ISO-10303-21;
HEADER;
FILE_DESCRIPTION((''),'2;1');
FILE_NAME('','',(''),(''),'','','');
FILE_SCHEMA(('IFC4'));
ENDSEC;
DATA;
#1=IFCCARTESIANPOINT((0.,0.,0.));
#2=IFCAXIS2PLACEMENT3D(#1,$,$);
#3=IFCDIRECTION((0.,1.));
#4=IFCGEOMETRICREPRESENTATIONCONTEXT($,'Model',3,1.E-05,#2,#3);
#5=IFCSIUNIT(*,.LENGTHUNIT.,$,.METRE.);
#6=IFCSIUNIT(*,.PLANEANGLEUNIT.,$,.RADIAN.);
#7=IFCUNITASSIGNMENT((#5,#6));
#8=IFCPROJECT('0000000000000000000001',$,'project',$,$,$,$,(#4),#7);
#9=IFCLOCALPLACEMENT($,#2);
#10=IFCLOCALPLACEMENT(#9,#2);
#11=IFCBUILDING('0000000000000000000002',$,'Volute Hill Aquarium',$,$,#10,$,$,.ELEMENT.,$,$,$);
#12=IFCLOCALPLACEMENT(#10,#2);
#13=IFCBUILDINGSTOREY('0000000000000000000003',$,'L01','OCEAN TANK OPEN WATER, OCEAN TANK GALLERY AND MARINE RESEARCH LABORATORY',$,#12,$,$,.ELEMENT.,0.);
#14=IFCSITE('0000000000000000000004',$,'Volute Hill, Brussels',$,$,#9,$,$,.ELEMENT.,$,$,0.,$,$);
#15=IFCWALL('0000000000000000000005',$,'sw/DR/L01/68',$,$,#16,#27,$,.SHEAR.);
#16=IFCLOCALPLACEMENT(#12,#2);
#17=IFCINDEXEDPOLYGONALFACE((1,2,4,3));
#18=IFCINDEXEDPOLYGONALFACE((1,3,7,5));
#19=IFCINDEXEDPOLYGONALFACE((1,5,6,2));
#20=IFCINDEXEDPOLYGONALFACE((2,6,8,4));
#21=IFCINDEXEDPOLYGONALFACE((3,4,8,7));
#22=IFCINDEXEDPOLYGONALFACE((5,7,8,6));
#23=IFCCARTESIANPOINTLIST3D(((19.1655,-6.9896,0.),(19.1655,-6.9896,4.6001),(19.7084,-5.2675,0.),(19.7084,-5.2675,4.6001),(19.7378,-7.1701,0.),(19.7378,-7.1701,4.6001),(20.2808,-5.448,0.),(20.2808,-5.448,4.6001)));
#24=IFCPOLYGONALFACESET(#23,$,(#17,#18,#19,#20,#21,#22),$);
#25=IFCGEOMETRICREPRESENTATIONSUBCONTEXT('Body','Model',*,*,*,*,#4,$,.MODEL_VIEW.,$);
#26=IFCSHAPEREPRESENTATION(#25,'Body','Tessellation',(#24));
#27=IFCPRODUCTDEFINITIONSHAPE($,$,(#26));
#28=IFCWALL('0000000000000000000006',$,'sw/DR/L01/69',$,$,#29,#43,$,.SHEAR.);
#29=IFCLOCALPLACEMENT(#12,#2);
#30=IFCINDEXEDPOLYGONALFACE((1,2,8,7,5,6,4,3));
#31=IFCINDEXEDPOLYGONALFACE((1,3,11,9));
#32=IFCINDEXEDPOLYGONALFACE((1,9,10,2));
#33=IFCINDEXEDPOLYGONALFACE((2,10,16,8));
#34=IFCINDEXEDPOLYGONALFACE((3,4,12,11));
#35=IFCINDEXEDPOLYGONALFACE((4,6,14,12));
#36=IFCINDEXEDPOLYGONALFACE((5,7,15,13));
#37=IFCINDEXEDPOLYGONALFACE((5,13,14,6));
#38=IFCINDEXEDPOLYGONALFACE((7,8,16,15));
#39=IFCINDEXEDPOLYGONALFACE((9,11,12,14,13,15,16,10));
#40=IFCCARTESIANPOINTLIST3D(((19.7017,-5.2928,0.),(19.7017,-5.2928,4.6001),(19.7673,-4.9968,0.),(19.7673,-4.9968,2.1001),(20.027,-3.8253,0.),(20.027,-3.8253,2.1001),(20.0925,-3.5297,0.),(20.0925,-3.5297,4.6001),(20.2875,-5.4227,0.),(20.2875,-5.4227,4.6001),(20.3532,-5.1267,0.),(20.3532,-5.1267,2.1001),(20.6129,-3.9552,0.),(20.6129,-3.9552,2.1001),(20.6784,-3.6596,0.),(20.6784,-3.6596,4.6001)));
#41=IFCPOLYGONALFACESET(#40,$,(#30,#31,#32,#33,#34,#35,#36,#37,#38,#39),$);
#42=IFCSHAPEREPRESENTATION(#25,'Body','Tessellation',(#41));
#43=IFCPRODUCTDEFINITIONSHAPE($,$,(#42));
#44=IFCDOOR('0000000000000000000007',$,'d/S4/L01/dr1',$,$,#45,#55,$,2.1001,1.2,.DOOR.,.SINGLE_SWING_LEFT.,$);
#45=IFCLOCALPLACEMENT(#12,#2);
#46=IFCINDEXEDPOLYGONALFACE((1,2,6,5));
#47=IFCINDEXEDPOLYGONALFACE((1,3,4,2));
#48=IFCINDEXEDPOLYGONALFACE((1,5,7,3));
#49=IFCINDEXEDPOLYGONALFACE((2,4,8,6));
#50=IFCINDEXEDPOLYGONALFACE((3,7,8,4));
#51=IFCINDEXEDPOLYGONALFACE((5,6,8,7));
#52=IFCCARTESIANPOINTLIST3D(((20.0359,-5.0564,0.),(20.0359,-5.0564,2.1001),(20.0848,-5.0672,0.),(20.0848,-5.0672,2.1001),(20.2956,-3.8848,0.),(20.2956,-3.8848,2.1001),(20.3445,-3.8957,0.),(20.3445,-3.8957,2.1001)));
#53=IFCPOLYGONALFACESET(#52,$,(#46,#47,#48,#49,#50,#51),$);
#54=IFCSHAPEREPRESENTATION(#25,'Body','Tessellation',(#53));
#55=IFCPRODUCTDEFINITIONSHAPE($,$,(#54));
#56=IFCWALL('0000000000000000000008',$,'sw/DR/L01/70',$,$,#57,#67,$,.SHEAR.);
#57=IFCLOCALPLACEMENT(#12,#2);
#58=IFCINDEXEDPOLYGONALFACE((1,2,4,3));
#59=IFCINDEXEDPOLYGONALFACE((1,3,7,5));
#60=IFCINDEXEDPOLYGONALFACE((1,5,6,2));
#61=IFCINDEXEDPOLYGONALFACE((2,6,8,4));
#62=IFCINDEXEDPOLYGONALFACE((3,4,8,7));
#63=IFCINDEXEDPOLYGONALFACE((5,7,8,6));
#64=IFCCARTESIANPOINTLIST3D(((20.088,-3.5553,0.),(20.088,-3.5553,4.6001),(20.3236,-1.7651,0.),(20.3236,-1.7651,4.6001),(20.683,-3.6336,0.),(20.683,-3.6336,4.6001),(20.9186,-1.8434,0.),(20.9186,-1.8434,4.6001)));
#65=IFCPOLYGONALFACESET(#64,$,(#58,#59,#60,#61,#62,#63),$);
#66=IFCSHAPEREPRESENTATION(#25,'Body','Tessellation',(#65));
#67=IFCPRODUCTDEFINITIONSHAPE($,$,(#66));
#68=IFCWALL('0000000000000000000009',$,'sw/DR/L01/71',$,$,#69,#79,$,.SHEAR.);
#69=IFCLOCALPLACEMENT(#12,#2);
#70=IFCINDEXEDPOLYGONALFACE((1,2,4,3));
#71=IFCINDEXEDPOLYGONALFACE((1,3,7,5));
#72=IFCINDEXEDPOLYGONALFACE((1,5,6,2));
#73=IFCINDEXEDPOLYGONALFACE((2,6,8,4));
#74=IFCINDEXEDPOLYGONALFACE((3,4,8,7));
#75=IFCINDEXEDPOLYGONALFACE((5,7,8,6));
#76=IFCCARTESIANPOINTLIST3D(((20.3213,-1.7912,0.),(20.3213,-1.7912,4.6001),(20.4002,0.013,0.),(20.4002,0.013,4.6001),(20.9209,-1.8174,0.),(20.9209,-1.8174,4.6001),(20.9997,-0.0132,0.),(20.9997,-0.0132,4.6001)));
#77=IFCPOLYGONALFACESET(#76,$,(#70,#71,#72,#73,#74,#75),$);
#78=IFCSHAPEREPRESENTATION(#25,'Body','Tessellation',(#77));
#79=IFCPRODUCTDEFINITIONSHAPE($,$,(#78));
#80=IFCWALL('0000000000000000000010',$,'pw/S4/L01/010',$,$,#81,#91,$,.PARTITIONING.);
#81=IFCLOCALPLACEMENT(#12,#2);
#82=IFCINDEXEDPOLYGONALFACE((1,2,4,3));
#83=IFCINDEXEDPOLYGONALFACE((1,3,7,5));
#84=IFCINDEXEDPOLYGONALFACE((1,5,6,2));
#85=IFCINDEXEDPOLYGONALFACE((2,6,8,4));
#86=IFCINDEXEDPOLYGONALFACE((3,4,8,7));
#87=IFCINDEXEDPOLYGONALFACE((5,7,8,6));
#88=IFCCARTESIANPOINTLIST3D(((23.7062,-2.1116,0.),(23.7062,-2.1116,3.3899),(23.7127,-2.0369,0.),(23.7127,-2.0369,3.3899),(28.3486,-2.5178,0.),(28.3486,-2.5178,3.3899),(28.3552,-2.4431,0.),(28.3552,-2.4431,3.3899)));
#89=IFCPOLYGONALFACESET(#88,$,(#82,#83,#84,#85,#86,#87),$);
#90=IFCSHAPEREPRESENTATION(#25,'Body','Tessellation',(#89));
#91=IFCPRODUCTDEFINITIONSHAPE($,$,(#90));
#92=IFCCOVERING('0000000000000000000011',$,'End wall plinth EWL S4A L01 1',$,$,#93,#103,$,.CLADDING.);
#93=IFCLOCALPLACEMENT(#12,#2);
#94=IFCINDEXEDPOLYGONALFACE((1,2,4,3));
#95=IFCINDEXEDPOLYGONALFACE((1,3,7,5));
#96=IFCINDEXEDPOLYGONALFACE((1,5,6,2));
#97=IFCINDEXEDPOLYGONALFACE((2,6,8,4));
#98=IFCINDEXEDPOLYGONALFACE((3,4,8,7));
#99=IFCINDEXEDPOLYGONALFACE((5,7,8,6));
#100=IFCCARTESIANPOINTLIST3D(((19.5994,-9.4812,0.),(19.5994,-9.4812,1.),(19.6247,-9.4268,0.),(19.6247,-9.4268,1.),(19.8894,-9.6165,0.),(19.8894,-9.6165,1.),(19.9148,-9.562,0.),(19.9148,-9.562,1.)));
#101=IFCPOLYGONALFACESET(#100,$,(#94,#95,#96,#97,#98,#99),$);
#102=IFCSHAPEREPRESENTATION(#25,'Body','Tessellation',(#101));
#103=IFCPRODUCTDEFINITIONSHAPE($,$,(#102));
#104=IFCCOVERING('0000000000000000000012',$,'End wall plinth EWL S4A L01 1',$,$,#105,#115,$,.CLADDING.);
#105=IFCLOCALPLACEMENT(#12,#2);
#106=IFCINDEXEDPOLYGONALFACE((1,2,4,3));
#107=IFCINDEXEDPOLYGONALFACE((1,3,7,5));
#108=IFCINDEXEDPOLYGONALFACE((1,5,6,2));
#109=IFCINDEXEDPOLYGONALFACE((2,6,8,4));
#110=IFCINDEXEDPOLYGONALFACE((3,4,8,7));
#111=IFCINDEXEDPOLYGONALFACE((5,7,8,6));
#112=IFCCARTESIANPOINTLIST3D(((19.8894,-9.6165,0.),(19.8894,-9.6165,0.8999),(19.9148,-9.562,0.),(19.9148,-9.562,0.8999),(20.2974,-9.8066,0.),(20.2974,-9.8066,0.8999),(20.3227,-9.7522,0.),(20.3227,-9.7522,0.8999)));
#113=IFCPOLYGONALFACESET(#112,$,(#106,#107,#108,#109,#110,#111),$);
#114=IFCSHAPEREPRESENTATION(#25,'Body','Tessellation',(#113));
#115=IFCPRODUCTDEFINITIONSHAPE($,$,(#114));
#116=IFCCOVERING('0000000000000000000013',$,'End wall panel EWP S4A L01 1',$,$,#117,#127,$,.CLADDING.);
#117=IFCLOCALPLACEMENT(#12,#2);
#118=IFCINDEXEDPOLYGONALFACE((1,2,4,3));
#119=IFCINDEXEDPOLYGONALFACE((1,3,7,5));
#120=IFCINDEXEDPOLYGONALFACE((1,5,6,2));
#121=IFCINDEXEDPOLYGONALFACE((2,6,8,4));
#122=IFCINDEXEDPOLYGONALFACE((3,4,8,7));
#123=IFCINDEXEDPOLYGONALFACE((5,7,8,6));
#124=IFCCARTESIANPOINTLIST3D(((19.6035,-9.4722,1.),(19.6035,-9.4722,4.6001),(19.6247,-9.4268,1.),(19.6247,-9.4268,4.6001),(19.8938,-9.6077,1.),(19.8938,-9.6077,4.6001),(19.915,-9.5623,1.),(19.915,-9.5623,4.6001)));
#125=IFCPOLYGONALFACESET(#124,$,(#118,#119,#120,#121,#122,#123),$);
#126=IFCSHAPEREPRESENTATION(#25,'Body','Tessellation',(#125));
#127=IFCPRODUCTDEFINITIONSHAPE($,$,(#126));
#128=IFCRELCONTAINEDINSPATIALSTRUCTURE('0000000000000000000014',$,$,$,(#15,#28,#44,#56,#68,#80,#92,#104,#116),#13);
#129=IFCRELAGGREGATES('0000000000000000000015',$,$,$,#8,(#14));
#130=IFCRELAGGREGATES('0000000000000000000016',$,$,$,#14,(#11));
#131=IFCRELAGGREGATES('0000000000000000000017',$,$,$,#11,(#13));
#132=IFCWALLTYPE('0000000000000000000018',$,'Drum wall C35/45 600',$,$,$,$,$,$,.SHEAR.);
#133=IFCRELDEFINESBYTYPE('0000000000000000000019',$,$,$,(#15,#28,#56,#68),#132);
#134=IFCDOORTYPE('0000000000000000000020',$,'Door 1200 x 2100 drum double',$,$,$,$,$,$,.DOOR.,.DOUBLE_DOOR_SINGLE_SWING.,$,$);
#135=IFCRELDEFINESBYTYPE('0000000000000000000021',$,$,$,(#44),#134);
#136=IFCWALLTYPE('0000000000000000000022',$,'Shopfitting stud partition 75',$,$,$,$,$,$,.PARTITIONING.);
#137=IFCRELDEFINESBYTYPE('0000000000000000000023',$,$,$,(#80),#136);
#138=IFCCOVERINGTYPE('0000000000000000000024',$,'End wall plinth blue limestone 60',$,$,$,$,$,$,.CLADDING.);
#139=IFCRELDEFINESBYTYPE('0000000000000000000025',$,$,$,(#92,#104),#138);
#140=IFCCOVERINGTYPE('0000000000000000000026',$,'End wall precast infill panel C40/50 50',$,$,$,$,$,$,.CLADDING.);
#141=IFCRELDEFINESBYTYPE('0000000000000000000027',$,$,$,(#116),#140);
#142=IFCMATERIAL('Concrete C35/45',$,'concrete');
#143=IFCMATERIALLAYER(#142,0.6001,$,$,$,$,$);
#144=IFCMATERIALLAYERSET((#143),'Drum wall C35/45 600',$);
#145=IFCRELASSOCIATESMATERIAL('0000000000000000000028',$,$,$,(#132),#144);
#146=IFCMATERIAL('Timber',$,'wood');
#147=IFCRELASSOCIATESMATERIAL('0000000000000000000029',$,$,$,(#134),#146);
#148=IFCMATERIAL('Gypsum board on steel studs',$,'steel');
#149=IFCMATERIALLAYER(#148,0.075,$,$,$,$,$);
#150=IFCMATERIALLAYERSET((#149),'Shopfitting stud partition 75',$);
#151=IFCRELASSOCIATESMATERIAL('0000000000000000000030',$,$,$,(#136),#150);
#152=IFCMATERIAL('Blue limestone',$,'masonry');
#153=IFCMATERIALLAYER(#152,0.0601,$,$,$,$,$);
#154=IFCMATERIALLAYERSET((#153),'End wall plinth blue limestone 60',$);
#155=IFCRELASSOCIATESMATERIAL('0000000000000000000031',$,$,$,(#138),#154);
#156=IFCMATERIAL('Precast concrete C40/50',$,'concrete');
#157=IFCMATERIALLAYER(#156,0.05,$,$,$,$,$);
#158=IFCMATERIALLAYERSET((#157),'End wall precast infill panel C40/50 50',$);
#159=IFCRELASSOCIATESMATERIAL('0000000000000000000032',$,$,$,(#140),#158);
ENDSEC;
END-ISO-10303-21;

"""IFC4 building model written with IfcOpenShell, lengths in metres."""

from ifc_helpers import new_model, si_unit, direction, frame, frame_2d, origin, place, context, subcontext, project, spatial, polyline, rectangle, outline, extrude, material, layer, layer_set, type_object, element, fill, save


model = new_model("IFC4")

# Units and contexts
model_context = context("Model", 3, precision=1e-05, world=origin(), true_north=direction((0.0, 1.0)))
body_context = subcontext(model_context, "Body", "Model", "MODEL_VIEW")
ifc_project = project(units=[si_unit("LENGTHUNIT", "METRE"), si_unit("PLANEANGLEUNIT", "RADIAN")], contexts=[model_context])

# Site, building, storey
site_placement = place(None, origin())
site = spatial("IfcSite", under=ifc_project, at=site_placement, Name="Volute Hill, Brussels", CompositionType="ELEMENT", RefElevation=0.0)
building_placement = place(site_placement, origin())
building = spatial("IfcBuilding", under=site, at=building_placement, Name="Volute Hill Aquarium", CompositionType="ELEMENT")
storey_placement = place(building_placement, origin())
storey = spatial("IfcBuildingStorey", under=building, at=storey_placement, Name="L01", Description="OCEAN TANK OPEN WATER, OCEAN TANK GALLERY AND MARINE RESEARCH LABORATORY", CompositionType="ELEMENT", Elevation=0.0)

# Wall
ifc_material_1 = material(Name="Concrete C35/45", Category="concrete")
ifc_layer_1 = layer(ifc_material_1, 0.6001)
ifc_layer_set_1 = layer_set([ifc_layer_1], Name="Drum wall C35/45 600")
wall_type_1 = type_object("IfcWallType", Name="Drum wall C35/45 600", PredefinedType="SHEAR", material=ifc_layer_set_1)
wall_1_placement = place(storey_placement, frame((19.4517, -7.0798, 0.0), z_axis=(0.0, 0.0, 1.0), x_axis=(0.300691, 0.953722, 0.0)))
element("IfcWall", 1, at=wall_1_placement, inside=storey, type_object=wall_type_1, Name="sw/DR/L01/68", PredefinedType="SHEAR", context=body_context, shape_type="SweptSolid", body=[
    extrude(rectangle(XDim=1.8057, YDim=0.6001, at=frame_2d((0.9028, 0.0))), origin(), (0.0, 0.0, 1.0), 4.6001),
])

# Wall, opening, door
wall_2_placement = place(storey_placement, frame((19.9946, -5.3577, 0.0), z_axis=(0.0, 0.0, 1.0), x_axis=(0.216429, 0.976298, 0.0)))
wall_2 = element("IfcWall", 2, at=wall_2_placement, inside=storey, type_object=wall_type_1, Name="sw/DR/L01/69", PredefinedType="SHEAR", context=body_context, shape_type="SweptSolid", body=[
    extrude(rectangle(XDim=1.8059, YDim=0.6001, at=frame_2d((0.9028, 0.0))), origin(), (0.0, 0.0, 1.0), 4.6001),
])
opening_1_placement = place(wall_2_placement, frame((0.303, 0.0, 0.0)))
opening_1 = element("IfcOpeningElement", 3, at=opening_1_placement, cuts=wall_2, PredefinedType="OPENING", context=body_context, shape_type="SweptSolid", body=[
    extrude(rectangle(XDim=1.2, YDim=2.1001, at=frame_2d((0.6001, 1.05))), frame((0.0, 0.3101, 0.0), z_axis=(0.0, -1.0, 0.0), x_axis=(1.0, 0.0, 0.0)), (0.0, 0.0, 1.0), 0.6201),
])
ifc_material_2 = material(Name="Timber", Category="wood")
door_type_1 = type_object("IfcDoorType", Name="Door 1200 x 2100 drum double", OperationType="DOUBLE_DOOR_SINGLE_SWING", PredefinedType="DOOR", material=ifc_material_2)
door_1_placement = place(opening_1_placement, origin())
door_1 = element("IfcDoor", 4, at=door_1_placement, inside=storey, type_object=door_type_1, Name="d/S4/L01/dr1", OperationType="SINGLE_SWING_LEFT", OverallHeight=2.1001, OverallWidth=1.2, PredefinedType="DOOR", context=body_context, shape_type="SweptSolid", body=[
    extrude(rectangle(XDim=1.2, YDim=2.1001, at=frame_2d((0.6001, 1.05))), frame((0.0, 0.0249, 0.0), z_axis=(0.0, -1.0, 0.0), x_axis=(1.0, 0.0, 0.0)), (0.0, 0.0, 1.0), 0.05),
])
fill(opening_1, door_1)

# Walls
wall_3_placement = place(storey_placement, frame((20.3855, -3.5945, 0.0), z_axis=(0.0, 0.0, 1.0), x_axis=(0.130472, 0.991452, 0.0)))
element("IfcWall", 5, at=wall_3_placement, inside=storey, type_object=wall_type_1, Name="sw/DR/L01/70", PredefinedType="SHEAR", context=body_context, shape_type="SweptSolid", body=[
    extrude(rectangle(XDim=1.8057, YDim=0.6001, at=frame_2d((0.9028, 0.0))), origin(), (0.0, 0.0, 1.0), 4.6001),
])
wall_4_placement = place(storey_placement, frame((20.6211, -1.8042, 0.0), z_axis=(0.0, 0.0, 1.0), x_axis=(0.043666, 0.999046, 0.0)))
element("IfcWall", 6, at=wall_4_placement, inside=storey, type_object=wall_type_1, Name="sw/DR/L01/71", PredefinedType="SHEAR", context=body_context, shape_type="SweptSolid", body=[
    extrude(rectangle(XDim=1.8059, YDim=0.6001, at=frame_2d((0.9028, 0.0))), origin(), (0.0, 0.0, 1.0), 4.6001),
])
ifc_material_3 = material(Name="Gypsum board on steel studs", Category="steel")
ifc_layer_2 = layer(ifc_material_3, 0.075)
ifc_layer_set_2 = layer_set([ifc_layer_2], Name="Shopfitting stud partition 75")
wall_type_2 = type_object("IfcWallType", Name="Shopfitting stud partition 75", PredefinedType="PARTITIONING", material=ifc_layer_set_2)
wall_5_placement = place(storey_placement, frame((23.7095, -2.0742, 0.0), z_axis=(0.0, 0.0, 1.0), x_axis=(0.996193, -0.087177, 0.0)))
element("IfcWall", 7, at=wall_5_placement, inside=storey, type_object=wall_type_2, Name="pw/S4/L01/010", PredefinedType="PARTITIONING", context=body_context, shape_type="SweptSolid", body=[
    extrude(rectangle(XDim=4.6602, YDim=0.075, at=frame_2d((2.3301, 0.0))), origin(), (0.0, 0.0, 1.0), 3.3899),
])

# Coverings
ifc_material_4 = material(Name="Blue limestone", Category="masonry")
ifc_layer_3 = layer(ifc_material_4, 0.0601)
ifc_layer_set_3 = layer_set([ifc_layer_3], Name="End wall plinth blue limestone 60")
covering_type_1 = type_object("IfcCoveringType", Name="End wall plinth blue limestone 60", PredefinedType="CLADDING", material=ifc_layer_set_3)
covering_1_placement = place(storey_placement, frame((19.5994, -9.4812, 0.0), z_axis=(-0.422635, -0.9063, 0.0), x_axis=(0.9063, -0.422635, 0.0)))
element("IfcCovering", 8, at=covering_1_placement, inside=storey, type_object=covering_type_1, Name="End wall plinth EWL S4A L01 1", PredefinedType="CLADDING", context=body_context, shape_type="SweptSolid", body=[
    extrude(outline(polyline([(0.0, 0.0), (0.32, 0.0), (0.32, 1.0), (0.0, 1.0), (0.0, 0.0)])), origin(), (0.0, 0.0, -1.0), 0.0601),
])
covering_2_placement = place(storey_placement, frame((19.8894, -9.6165, 0.0), z_axis=(-0.422529, -0.906349, 0.0), x_axis=(0.906349, -0.422529, 0.0)))
element("IfcCovering", 9, at=covering_2_placement, inside=storey, type_object=covering_type_1, Name="End wall plinth EWL S4A L01 1", PredefinedType="CLADDING", context=body_context, shape_type="SweptSolid", body=[
    extrude(outline(polyline([(0.0, 0.0), (0.4501, 0.0), (0.4501, 0.8999), (0.0, 0.8999), (0.0, 0.0)])), origin(), (0.0, 0.0, -1.0), 0.0601),
])
ifc_material_5 = material(Name="Precast concrete C40/50", Category="concrete")
ifc_layer_4 = layer(ifc_material_5, 0.05)
ifc_layer_set_4 = layer_set([ifc_layer_4], Name="End wall precast infill panel C40/50 50")
covering_type_2 = type_object("IfcCoveringType", Name="End wall precast infill panel C40/50 50", PredefinedType="CLADDING", material=ifc_layer_set_4)
covering_3_placement = place(storey_placement, frame((19.6035, -9.4722, 1.0), z_axis=(-0.422969, -0.906144, 0.0), x_axis=(0.906144, -0.422969, 0.0)))
element("IfcCovering", 10, at=covering_3_placement, inside=storey, type_object=covering_type_2, Name="End wall panel EWP S4A L01 1", PredefinedType="CLADDING", context=body_context, shape_type="SweptSolid", body=[
    extrude(outline(polyline([(0.0, 0.0), (0.3203, 0.0), (0.3203, 3.6001), (0.0, 3.6001), (0.0, 0.0)])), origin(), (0.0, 0.0, -1.0), 0.05),
])

save(model, "model.ifc")
